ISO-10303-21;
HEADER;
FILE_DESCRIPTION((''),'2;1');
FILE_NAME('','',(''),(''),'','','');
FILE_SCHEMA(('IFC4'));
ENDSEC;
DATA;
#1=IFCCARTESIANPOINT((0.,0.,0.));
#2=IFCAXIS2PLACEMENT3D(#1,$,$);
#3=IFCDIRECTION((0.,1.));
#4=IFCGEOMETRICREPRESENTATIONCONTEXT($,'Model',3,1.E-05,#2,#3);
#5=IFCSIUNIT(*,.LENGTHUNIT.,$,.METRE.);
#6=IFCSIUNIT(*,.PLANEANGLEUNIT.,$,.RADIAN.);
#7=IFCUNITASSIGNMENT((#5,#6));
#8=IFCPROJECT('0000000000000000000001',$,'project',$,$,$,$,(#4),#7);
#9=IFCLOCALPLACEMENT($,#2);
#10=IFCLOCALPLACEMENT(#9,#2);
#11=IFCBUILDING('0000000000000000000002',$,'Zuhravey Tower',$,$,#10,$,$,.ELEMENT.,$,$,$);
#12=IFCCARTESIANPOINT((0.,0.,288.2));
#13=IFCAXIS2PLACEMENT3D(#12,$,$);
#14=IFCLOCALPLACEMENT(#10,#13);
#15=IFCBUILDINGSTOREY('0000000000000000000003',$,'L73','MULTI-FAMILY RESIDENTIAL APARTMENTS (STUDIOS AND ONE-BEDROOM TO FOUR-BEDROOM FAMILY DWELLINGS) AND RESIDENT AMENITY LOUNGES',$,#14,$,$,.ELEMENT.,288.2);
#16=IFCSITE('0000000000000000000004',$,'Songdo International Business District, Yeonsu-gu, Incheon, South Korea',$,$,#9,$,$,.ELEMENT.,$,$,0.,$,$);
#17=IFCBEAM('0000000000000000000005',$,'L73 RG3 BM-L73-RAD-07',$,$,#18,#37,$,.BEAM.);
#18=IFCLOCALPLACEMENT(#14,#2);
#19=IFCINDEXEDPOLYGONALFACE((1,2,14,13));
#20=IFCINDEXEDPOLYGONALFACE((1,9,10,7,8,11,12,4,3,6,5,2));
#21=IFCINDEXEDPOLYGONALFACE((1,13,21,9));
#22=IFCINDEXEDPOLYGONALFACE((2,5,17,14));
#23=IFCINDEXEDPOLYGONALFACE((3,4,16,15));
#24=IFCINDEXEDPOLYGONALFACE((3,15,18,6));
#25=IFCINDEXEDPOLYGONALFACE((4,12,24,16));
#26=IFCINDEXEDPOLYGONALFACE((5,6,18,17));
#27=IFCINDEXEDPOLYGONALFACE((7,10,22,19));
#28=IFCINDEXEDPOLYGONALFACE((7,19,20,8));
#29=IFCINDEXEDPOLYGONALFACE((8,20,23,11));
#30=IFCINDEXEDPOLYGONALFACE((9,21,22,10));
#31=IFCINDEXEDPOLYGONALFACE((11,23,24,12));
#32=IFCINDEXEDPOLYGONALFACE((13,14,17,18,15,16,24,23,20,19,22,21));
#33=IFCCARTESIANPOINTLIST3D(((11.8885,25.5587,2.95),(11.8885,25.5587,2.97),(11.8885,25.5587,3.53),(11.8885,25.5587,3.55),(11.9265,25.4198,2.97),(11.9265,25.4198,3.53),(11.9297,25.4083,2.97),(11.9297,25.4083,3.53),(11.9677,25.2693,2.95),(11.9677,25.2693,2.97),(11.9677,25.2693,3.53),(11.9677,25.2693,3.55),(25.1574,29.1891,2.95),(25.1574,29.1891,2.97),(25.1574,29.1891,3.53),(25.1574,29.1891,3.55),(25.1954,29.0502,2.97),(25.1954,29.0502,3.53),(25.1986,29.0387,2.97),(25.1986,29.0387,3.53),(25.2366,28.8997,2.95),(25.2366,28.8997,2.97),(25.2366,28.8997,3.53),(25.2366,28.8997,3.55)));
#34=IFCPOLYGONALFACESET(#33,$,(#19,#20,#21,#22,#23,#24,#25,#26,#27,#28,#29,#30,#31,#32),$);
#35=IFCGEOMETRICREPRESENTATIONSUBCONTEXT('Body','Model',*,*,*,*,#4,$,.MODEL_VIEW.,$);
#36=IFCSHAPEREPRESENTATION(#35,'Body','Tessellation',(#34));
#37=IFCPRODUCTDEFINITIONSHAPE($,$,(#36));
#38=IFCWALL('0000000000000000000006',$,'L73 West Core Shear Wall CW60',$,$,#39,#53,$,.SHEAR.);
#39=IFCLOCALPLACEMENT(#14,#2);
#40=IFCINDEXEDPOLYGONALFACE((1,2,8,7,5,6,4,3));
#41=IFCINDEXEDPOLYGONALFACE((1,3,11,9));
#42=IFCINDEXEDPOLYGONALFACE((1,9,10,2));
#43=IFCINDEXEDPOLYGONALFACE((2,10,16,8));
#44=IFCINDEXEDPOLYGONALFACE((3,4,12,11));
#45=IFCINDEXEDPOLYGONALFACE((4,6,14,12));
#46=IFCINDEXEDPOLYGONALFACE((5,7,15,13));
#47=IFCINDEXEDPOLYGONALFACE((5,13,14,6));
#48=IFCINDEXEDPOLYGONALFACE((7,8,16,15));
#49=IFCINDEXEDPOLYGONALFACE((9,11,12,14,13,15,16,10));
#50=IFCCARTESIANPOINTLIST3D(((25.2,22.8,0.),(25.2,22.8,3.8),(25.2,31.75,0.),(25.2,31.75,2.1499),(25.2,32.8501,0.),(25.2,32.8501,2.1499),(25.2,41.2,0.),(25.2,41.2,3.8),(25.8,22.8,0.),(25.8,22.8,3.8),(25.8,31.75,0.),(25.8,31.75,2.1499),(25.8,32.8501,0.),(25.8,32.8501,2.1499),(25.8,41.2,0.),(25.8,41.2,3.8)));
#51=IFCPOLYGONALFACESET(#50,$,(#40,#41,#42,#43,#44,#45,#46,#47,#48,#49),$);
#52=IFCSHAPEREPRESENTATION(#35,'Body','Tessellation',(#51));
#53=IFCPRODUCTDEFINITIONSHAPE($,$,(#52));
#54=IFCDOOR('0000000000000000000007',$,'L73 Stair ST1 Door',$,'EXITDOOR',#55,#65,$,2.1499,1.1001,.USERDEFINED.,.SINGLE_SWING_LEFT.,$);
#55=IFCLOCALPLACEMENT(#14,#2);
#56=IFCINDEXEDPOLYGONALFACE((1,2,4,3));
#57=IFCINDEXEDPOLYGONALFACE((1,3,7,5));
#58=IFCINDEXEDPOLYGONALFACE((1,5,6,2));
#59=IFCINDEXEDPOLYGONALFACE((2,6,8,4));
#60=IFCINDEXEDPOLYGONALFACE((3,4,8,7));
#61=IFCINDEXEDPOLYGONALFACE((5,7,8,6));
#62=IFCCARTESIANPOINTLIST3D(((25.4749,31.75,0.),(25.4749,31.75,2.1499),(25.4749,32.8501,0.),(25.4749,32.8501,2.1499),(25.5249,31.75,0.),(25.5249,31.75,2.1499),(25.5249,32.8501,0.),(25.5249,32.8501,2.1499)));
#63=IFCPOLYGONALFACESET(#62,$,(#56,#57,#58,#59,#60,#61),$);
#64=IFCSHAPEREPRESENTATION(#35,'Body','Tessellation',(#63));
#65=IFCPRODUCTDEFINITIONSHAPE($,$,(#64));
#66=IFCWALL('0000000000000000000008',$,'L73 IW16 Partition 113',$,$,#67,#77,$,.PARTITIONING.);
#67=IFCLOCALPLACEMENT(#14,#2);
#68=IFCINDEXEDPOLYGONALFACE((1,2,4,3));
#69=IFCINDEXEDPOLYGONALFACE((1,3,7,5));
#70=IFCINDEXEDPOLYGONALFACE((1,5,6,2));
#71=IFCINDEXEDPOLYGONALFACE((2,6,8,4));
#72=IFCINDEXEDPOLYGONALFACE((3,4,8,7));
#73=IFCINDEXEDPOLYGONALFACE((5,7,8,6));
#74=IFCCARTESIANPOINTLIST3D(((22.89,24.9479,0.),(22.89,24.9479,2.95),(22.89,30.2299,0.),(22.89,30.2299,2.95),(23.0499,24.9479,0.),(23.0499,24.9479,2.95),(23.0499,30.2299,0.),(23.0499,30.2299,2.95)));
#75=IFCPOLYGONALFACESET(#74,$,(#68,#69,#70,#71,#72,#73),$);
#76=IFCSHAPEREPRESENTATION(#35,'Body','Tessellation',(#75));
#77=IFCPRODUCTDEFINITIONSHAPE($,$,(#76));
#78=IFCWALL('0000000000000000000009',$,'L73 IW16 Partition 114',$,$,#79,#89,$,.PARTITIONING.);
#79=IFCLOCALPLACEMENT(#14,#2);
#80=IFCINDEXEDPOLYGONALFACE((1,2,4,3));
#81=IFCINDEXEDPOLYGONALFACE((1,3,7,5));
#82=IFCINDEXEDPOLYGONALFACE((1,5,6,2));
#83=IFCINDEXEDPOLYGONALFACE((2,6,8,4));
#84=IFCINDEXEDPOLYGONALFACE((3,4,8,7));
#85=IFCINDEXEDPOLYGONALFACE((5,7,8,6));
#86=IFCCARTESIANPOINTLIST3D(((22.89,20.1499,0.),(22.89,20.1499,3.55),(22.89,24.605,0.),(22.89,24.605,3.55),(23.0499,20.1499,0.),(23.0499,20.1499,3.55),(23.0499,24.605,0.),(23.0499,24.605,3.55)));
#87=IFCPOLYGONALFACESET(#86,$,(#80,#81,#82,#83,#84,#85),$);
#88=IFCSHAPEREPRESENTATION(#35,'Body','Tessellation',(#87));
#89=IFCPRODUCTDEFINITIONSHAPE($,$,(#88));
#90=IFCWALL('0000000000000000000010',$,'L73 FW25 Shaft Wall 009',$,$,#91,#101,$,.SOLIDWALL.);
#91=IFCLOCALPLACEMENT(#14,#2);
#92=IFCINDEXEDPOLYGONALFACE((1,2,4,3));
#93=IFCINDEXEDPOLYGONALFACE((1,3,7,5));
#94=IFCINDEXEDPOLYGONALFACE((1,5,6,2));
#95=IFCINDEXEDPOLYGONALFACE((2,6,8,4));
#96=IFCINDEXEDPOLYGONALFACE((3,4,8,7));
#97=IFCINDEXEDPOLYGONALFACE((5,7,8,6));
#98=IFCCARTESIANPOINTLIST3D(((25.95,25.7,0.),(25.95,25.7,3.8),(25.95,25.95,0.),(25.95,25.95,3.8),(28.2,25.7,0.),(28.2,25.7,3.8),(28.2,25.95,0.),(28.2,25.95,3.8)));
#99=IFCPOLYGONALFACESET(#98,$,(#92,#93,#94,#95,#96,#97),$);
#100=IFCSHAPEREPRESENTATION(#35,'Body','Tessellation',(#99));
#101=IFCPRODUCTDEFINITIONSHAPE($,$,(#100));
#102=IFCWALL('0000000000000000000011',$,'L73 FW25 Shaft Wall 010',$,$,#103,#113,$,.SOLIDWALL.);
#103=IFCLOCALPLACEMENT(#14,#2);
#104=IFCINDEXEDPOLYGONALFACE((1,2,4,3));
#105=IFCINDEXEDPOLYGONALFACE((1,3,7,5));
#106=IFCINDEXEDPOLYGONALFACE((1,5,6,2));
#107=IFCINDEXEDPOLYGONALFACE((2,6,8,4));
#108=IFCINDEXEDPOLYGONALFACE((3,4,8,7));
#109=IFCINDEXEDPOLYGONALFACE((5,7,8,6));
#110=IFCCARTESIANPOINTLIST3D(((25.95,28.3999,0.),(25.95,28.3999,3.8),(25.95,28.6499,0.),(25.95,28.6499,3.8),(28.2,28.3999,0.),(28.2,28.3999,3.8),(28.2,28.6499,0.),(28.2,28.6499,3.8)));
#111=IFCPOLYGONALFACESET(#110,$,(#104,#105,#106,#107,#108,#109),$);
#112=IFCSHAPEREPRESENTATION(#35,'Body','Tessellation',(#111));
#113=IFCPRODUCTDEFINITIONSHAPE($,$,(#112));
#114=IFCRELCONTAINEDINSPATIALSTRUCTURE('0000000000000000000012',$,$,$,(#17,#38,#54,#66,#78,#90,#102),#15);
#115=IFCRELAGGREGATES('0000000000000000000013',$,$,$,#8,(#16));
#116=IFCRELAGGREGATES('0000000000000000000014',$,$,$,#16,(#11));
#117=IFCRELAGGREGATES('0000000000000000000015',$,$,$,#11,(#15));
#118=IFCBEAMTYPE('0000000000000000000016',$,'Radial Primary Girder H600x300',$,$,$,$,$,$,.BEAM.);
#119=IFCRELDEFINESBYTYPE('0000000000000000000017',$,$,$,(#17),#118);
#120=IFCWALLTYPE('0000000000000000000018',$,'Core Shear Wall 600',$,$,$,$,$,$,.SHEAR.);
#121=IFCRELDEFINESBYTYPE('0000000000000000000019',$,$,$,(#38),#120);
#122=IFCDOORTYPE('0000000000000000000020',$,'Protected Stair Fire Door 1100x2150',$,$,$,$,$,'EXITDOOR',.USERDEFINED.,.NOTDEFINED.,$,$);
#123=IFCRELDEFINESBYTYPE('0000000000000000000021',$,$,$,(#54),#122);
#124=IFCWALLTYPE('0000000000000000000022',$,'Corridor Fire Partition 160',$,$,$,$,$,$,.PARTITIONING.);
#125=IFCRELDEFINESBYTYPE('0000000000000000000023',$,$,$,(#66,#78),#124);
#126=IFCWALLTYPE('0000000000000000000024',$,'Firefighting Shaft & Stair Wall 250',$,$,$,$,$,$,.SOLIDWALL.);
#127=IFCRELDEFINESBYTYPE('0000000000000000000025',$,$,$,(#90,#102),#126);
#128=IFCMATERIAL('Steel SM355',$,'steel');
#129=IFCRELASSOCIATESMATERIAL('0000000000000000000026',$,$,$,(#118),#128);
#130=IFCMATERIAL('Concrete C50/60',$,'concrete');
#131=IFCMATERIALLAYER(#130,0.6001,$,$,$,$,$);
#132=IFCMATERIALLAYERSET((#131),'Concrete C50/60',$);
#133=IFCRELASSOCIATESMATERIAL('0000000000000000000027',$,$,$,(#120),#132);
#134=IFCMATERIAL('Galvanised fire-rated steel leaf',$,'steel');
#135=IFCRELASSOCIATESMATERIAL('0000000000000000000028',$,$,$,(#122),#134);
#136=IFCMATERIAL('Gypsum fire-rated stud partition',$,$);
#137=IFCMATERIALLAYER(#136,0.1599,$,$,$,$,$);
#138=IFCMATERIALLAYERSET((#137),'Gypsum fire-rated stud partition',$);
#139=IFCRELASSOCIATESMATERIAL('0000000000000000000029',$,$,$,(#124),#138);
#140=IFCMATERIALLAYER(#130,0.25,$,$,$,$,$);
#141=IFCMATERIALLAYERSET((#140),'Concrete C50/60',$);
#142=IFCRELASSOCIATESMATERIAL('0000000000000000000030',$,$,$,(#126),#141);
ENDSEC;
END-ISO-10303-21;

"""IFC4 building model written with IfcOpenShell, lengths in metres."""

from ifc_helpers import new_model, si_unit, direction, frame, frame_2d, origin, origin_2d, place, context, subcontext, project, spatial, rectangle, i_section, extrude, material, layer, layer_set, material_profile, profile_set, type_object, element, fill, save


model = new_model("IFC4")

# Units and contexts
model_context = context("Model", 3, precision=1e-05, world=origin(), true_north=direction((0.0, 1.0)))
body_context = subcontext(model_context, "Body", "Model", "MODEL_VIEW")
ifc_project = project(units=[si_unit("LENGTHUNIT", "METRE"), si_unit("PLANEANGLEUNIT", "RADIAN")], contexts=[model_context])

# Site, building, storey
site_placement = place(None, origin())
site = spatial("IfcSite", under=ifc_project, at=site_placement, Name="Songdo International Business District, Yeonsu-gu, Incheon, South Korea", CompositionType="ELEMENT", RefElevation=0.0)
building_placement = place(site_placement, origin())
building = spatial("IfcBuilding", under=site, at=building_placement, Name="Zuhravey Tower", CompositionType="ELEMENT")
storey_placement = place(building_placement, frame((0.0, 0.0, 288.2)))
storey = spatial("IfcBuildingStorey", under=building, at=storey_placement, Name="L73", Description="MULTI-FAMILY RESIDENTIAL APARTMENTS (STUDIOS AND ONE-BEDROOM TO FOUR-BEDROOM FAMILY DWELLINGS) AND RESIDENT AMENITY LOUNGES", CompositionType="ELEMENT", Elevation=288.2)

# Beam
ifc_material_1 = material(Name="Steel SM355", Category="steel")
ifc_material_profile = material_profile(ifc_material_1, i_section(OverallWidth=0.3, OverallDepth=0.6001, WebThickness=0.012, FlangeThickness=0.02, at=origin_2d()), Name="H-600x300x12x20")
ifc_profile_set = profile_set([ifc_material_profile], Name="Steel SM355")
beam_type = type_object("IfcBeamType", Name="Radial Primary Girder H600x300", PredefinedType="BEAM", material=ifc_profile_set)
beam_placement = place(storey_placement, frame((25.197, 29.0444, 3.25), z_axis=(-0.964549, -0.263903, 0.0), x_axis=(0.263903, -0.964549, 0.0)))
element("IfcBeam", 1, at=beam_placement, inside=storey, type_object=beam_type, Name="L73 RG3 BM-L73-RAD-07", PredefinedType="BEAM", context=body_context, shape_type="SweptSolid", body=[
    extrude(i_section(OverallWidth=0.3, OverallDepth=0.6001, WebThickness=0.012, FlangeThickness=0.02, at=origin_2d()), origin(), (0.0, 0.0, 1.0), 13.7566),
])

# Wall, opening, door
ifc_material_2 = material(Name="Concrete C50/60", Category="concrete")
ifc_layer_1 = layer(ifc_material_2, 0.6001)
ifc_layer_set_1 = layer_set([ifc_layer_1], Name="Concrete C50/60")
wall_type_1 = type_object("IfcWallType", Name="Core Shear Wall 600", PredefinedType="SHEAR", material=ifc_layer_set_1)
wall_1_placement = place(storey_placement, frame((25.5, 22.8, 0.0), z_axis=(0.0, 0.0, 1.0), x_axis=(0.0, 1.0, 0.0)))
wall_1 = element("IfcWall", 2, at=wall_1_placement, inside=storey, type_object=wall_type_1, Name="L73 West Core Shear Wall CW60", PredefinedType="SHEAR", context=body_context, shape_type="SweptSolid", body=[
    extrude(rectangle(XDim=18.3999, YDim=0.6001, at=frame_2d((9.2, 0.0))), origin(), (0.0, 0.0, 1.0), 3.8),
])
opening_1_placement = place(wall_1_placement, frame((8.95, 0.0, 0.0)))
opening_1 = element("IfcOpeningElement", 3, at=opening_1_placement, cuts=wall_1, PredefinedType="OPENING", context=body_context, shape_type="SweptSolid", body=[
    extrude(rectangle(XDim=1.1001, YDim=2.1499, at=frame_2d((0.55, 1.075))), frame((0.0, 0.312, 0.0), z_axis=(0.0, -1.0, 0.0), x_axis=(1.0, 0.0, 0.0)), (0.0, 0.0, 1.0), 0.624),
])
ifc_material_3 = material(Name="Galvanised fire-rated steel leaf", Category="steel")
door_type_1 = type_object("IfcDoorType", Name="Protected Stair Fire Door 1100x2150", ElementType="EXITDOOR", OperationType="NOTDEFINED", PredefinedType="USERDEFINED", material=ifc_material_3)
door_1_placement = place(opening_1_placement, frame((1.1001, 0.0, 0.0), z_axis=(0.0, 0.0, 1.0), x_axis=(-1.0, 0.0, 0.0)))
door_1 = element("IfcDoor", 4, at=door_1_placement, inside=storey, type_object=door_type_1, Name="L73 Stair ST1 Door", ObjectType="EXITDOOR", OperationType="SINGLE_SWING_LEFT", OverallHeight=2.1499, OverallWidth=1.1001, PredefinedType="USERDEFINED", context=body_context, shape_type="SweptSolid", body=[
    extrude(rectangle(XDim=1.1001, YDim=2.1499, at=frame_2d((0.55, 1.075))), frame((0.0, 0.0249, 0.0), z_axis=(0.0, -1.0, 0.0), x_axis=(1.0, 0.0, 0.0)), (0.0, 0.0, 1.0), 0.05),
])
fill(opening_1, door_1)

# Walls
ifc_material_4 = material(Name="Gypsum fire-rated stud partition")
ifc_layer_2 = layer(ifc_material_4, 0.1599)
ifc_layer_set_2 = layer_set([ifc_layer_2], Name="Gypsum fire-rated stud partition")
wall_type_2 = type_object("IfcWallType", Name="Corridor Fire Partition 160", PredefinedType="PARTITIONING", material=ifc_layer_set_2)
wall_2_placement = place(storey_placement, frame((22.97, 30.23, 0.0), z_axis=(0.0, 0.0, 1.0), x_axis=(0.0, -1.0, 0.0)))
element("IfcWall", 5, at=wall_2_placement, inside=storey, type_object=wall_type_2, Name="L73 IW16 Partition 113", PredefinedType="PARTITIONING", context=body_context, shape_type="SweptSolid", body=[
    extrude(rectangle(XDim=5.282, YDim=0.1599, at=frame_2d((2.6411, 0.0))), origin(), (0.0, 0.0, 1.0), 2.95),
])
wall_3_placement = place(storey_placement, frame((22.97, 24.605, 0.0), z_axis=(0.0, 0.0, 1.0), x_axis=(0.0, -1.0, 0.0)))
element("IfcWall", 6, at=wall_3_placement, inside=storey, type_object=wall_type_2, Name="L73 IW16 Partition 114", PredefinedType="PARTITIONING", context=body_context, shape_type="SweptSolid", body=[
    extrude(rectangle(XDim=4.4551, YDim=0.1599, at=frame_2d((2.2275, 0.0))), origin(), (0.0, 0.0, 1.0), 3.55),
])
ifc_layer_3 = layer(ifc_material_2, 0.25)
ifc_layer_set_3 = layer_set([ifc_layer_3], Name="Concrete C50/60")
wall_type_3 = type_object("IfcWallType", Name="Firefighting Shaft & Stair Wall 250", PredefinedType="SOLIDWALL", material=ifc_layer_set_3)
for number, where, z_axis, x_axis, name in (
    (7, (25.95, 25.825, 0.0), (0.0, 0.0, 1.0), (1.0, 0.0, 0.0), "L73 FW25 Shaft Wall 009"),
    (8, (25.95, 28.5249, 0.0), (0.0, 0.0, 1.0), (1.0, 0.0, 0.0), "L73 FW25 Shaft Wall 010"),
):
    element("IfcWall", number, at=place(storey_placement, frame(where, z_axis=z_axis, x_axis=x_axis)), inside=storey, type_object=wall_type_3, Name=name, PredefinedType="SOLIDWALL", context=body_context, shape_type="SweptSolid", body=[
        extrude(rectangle(XDim=2.25, YDim=0.25, at=frame_2d((1.125, 0.0))), origin(), (0.0, 0.0, 1.0), 3.8),
    ])

save(model, "model.ifc")
